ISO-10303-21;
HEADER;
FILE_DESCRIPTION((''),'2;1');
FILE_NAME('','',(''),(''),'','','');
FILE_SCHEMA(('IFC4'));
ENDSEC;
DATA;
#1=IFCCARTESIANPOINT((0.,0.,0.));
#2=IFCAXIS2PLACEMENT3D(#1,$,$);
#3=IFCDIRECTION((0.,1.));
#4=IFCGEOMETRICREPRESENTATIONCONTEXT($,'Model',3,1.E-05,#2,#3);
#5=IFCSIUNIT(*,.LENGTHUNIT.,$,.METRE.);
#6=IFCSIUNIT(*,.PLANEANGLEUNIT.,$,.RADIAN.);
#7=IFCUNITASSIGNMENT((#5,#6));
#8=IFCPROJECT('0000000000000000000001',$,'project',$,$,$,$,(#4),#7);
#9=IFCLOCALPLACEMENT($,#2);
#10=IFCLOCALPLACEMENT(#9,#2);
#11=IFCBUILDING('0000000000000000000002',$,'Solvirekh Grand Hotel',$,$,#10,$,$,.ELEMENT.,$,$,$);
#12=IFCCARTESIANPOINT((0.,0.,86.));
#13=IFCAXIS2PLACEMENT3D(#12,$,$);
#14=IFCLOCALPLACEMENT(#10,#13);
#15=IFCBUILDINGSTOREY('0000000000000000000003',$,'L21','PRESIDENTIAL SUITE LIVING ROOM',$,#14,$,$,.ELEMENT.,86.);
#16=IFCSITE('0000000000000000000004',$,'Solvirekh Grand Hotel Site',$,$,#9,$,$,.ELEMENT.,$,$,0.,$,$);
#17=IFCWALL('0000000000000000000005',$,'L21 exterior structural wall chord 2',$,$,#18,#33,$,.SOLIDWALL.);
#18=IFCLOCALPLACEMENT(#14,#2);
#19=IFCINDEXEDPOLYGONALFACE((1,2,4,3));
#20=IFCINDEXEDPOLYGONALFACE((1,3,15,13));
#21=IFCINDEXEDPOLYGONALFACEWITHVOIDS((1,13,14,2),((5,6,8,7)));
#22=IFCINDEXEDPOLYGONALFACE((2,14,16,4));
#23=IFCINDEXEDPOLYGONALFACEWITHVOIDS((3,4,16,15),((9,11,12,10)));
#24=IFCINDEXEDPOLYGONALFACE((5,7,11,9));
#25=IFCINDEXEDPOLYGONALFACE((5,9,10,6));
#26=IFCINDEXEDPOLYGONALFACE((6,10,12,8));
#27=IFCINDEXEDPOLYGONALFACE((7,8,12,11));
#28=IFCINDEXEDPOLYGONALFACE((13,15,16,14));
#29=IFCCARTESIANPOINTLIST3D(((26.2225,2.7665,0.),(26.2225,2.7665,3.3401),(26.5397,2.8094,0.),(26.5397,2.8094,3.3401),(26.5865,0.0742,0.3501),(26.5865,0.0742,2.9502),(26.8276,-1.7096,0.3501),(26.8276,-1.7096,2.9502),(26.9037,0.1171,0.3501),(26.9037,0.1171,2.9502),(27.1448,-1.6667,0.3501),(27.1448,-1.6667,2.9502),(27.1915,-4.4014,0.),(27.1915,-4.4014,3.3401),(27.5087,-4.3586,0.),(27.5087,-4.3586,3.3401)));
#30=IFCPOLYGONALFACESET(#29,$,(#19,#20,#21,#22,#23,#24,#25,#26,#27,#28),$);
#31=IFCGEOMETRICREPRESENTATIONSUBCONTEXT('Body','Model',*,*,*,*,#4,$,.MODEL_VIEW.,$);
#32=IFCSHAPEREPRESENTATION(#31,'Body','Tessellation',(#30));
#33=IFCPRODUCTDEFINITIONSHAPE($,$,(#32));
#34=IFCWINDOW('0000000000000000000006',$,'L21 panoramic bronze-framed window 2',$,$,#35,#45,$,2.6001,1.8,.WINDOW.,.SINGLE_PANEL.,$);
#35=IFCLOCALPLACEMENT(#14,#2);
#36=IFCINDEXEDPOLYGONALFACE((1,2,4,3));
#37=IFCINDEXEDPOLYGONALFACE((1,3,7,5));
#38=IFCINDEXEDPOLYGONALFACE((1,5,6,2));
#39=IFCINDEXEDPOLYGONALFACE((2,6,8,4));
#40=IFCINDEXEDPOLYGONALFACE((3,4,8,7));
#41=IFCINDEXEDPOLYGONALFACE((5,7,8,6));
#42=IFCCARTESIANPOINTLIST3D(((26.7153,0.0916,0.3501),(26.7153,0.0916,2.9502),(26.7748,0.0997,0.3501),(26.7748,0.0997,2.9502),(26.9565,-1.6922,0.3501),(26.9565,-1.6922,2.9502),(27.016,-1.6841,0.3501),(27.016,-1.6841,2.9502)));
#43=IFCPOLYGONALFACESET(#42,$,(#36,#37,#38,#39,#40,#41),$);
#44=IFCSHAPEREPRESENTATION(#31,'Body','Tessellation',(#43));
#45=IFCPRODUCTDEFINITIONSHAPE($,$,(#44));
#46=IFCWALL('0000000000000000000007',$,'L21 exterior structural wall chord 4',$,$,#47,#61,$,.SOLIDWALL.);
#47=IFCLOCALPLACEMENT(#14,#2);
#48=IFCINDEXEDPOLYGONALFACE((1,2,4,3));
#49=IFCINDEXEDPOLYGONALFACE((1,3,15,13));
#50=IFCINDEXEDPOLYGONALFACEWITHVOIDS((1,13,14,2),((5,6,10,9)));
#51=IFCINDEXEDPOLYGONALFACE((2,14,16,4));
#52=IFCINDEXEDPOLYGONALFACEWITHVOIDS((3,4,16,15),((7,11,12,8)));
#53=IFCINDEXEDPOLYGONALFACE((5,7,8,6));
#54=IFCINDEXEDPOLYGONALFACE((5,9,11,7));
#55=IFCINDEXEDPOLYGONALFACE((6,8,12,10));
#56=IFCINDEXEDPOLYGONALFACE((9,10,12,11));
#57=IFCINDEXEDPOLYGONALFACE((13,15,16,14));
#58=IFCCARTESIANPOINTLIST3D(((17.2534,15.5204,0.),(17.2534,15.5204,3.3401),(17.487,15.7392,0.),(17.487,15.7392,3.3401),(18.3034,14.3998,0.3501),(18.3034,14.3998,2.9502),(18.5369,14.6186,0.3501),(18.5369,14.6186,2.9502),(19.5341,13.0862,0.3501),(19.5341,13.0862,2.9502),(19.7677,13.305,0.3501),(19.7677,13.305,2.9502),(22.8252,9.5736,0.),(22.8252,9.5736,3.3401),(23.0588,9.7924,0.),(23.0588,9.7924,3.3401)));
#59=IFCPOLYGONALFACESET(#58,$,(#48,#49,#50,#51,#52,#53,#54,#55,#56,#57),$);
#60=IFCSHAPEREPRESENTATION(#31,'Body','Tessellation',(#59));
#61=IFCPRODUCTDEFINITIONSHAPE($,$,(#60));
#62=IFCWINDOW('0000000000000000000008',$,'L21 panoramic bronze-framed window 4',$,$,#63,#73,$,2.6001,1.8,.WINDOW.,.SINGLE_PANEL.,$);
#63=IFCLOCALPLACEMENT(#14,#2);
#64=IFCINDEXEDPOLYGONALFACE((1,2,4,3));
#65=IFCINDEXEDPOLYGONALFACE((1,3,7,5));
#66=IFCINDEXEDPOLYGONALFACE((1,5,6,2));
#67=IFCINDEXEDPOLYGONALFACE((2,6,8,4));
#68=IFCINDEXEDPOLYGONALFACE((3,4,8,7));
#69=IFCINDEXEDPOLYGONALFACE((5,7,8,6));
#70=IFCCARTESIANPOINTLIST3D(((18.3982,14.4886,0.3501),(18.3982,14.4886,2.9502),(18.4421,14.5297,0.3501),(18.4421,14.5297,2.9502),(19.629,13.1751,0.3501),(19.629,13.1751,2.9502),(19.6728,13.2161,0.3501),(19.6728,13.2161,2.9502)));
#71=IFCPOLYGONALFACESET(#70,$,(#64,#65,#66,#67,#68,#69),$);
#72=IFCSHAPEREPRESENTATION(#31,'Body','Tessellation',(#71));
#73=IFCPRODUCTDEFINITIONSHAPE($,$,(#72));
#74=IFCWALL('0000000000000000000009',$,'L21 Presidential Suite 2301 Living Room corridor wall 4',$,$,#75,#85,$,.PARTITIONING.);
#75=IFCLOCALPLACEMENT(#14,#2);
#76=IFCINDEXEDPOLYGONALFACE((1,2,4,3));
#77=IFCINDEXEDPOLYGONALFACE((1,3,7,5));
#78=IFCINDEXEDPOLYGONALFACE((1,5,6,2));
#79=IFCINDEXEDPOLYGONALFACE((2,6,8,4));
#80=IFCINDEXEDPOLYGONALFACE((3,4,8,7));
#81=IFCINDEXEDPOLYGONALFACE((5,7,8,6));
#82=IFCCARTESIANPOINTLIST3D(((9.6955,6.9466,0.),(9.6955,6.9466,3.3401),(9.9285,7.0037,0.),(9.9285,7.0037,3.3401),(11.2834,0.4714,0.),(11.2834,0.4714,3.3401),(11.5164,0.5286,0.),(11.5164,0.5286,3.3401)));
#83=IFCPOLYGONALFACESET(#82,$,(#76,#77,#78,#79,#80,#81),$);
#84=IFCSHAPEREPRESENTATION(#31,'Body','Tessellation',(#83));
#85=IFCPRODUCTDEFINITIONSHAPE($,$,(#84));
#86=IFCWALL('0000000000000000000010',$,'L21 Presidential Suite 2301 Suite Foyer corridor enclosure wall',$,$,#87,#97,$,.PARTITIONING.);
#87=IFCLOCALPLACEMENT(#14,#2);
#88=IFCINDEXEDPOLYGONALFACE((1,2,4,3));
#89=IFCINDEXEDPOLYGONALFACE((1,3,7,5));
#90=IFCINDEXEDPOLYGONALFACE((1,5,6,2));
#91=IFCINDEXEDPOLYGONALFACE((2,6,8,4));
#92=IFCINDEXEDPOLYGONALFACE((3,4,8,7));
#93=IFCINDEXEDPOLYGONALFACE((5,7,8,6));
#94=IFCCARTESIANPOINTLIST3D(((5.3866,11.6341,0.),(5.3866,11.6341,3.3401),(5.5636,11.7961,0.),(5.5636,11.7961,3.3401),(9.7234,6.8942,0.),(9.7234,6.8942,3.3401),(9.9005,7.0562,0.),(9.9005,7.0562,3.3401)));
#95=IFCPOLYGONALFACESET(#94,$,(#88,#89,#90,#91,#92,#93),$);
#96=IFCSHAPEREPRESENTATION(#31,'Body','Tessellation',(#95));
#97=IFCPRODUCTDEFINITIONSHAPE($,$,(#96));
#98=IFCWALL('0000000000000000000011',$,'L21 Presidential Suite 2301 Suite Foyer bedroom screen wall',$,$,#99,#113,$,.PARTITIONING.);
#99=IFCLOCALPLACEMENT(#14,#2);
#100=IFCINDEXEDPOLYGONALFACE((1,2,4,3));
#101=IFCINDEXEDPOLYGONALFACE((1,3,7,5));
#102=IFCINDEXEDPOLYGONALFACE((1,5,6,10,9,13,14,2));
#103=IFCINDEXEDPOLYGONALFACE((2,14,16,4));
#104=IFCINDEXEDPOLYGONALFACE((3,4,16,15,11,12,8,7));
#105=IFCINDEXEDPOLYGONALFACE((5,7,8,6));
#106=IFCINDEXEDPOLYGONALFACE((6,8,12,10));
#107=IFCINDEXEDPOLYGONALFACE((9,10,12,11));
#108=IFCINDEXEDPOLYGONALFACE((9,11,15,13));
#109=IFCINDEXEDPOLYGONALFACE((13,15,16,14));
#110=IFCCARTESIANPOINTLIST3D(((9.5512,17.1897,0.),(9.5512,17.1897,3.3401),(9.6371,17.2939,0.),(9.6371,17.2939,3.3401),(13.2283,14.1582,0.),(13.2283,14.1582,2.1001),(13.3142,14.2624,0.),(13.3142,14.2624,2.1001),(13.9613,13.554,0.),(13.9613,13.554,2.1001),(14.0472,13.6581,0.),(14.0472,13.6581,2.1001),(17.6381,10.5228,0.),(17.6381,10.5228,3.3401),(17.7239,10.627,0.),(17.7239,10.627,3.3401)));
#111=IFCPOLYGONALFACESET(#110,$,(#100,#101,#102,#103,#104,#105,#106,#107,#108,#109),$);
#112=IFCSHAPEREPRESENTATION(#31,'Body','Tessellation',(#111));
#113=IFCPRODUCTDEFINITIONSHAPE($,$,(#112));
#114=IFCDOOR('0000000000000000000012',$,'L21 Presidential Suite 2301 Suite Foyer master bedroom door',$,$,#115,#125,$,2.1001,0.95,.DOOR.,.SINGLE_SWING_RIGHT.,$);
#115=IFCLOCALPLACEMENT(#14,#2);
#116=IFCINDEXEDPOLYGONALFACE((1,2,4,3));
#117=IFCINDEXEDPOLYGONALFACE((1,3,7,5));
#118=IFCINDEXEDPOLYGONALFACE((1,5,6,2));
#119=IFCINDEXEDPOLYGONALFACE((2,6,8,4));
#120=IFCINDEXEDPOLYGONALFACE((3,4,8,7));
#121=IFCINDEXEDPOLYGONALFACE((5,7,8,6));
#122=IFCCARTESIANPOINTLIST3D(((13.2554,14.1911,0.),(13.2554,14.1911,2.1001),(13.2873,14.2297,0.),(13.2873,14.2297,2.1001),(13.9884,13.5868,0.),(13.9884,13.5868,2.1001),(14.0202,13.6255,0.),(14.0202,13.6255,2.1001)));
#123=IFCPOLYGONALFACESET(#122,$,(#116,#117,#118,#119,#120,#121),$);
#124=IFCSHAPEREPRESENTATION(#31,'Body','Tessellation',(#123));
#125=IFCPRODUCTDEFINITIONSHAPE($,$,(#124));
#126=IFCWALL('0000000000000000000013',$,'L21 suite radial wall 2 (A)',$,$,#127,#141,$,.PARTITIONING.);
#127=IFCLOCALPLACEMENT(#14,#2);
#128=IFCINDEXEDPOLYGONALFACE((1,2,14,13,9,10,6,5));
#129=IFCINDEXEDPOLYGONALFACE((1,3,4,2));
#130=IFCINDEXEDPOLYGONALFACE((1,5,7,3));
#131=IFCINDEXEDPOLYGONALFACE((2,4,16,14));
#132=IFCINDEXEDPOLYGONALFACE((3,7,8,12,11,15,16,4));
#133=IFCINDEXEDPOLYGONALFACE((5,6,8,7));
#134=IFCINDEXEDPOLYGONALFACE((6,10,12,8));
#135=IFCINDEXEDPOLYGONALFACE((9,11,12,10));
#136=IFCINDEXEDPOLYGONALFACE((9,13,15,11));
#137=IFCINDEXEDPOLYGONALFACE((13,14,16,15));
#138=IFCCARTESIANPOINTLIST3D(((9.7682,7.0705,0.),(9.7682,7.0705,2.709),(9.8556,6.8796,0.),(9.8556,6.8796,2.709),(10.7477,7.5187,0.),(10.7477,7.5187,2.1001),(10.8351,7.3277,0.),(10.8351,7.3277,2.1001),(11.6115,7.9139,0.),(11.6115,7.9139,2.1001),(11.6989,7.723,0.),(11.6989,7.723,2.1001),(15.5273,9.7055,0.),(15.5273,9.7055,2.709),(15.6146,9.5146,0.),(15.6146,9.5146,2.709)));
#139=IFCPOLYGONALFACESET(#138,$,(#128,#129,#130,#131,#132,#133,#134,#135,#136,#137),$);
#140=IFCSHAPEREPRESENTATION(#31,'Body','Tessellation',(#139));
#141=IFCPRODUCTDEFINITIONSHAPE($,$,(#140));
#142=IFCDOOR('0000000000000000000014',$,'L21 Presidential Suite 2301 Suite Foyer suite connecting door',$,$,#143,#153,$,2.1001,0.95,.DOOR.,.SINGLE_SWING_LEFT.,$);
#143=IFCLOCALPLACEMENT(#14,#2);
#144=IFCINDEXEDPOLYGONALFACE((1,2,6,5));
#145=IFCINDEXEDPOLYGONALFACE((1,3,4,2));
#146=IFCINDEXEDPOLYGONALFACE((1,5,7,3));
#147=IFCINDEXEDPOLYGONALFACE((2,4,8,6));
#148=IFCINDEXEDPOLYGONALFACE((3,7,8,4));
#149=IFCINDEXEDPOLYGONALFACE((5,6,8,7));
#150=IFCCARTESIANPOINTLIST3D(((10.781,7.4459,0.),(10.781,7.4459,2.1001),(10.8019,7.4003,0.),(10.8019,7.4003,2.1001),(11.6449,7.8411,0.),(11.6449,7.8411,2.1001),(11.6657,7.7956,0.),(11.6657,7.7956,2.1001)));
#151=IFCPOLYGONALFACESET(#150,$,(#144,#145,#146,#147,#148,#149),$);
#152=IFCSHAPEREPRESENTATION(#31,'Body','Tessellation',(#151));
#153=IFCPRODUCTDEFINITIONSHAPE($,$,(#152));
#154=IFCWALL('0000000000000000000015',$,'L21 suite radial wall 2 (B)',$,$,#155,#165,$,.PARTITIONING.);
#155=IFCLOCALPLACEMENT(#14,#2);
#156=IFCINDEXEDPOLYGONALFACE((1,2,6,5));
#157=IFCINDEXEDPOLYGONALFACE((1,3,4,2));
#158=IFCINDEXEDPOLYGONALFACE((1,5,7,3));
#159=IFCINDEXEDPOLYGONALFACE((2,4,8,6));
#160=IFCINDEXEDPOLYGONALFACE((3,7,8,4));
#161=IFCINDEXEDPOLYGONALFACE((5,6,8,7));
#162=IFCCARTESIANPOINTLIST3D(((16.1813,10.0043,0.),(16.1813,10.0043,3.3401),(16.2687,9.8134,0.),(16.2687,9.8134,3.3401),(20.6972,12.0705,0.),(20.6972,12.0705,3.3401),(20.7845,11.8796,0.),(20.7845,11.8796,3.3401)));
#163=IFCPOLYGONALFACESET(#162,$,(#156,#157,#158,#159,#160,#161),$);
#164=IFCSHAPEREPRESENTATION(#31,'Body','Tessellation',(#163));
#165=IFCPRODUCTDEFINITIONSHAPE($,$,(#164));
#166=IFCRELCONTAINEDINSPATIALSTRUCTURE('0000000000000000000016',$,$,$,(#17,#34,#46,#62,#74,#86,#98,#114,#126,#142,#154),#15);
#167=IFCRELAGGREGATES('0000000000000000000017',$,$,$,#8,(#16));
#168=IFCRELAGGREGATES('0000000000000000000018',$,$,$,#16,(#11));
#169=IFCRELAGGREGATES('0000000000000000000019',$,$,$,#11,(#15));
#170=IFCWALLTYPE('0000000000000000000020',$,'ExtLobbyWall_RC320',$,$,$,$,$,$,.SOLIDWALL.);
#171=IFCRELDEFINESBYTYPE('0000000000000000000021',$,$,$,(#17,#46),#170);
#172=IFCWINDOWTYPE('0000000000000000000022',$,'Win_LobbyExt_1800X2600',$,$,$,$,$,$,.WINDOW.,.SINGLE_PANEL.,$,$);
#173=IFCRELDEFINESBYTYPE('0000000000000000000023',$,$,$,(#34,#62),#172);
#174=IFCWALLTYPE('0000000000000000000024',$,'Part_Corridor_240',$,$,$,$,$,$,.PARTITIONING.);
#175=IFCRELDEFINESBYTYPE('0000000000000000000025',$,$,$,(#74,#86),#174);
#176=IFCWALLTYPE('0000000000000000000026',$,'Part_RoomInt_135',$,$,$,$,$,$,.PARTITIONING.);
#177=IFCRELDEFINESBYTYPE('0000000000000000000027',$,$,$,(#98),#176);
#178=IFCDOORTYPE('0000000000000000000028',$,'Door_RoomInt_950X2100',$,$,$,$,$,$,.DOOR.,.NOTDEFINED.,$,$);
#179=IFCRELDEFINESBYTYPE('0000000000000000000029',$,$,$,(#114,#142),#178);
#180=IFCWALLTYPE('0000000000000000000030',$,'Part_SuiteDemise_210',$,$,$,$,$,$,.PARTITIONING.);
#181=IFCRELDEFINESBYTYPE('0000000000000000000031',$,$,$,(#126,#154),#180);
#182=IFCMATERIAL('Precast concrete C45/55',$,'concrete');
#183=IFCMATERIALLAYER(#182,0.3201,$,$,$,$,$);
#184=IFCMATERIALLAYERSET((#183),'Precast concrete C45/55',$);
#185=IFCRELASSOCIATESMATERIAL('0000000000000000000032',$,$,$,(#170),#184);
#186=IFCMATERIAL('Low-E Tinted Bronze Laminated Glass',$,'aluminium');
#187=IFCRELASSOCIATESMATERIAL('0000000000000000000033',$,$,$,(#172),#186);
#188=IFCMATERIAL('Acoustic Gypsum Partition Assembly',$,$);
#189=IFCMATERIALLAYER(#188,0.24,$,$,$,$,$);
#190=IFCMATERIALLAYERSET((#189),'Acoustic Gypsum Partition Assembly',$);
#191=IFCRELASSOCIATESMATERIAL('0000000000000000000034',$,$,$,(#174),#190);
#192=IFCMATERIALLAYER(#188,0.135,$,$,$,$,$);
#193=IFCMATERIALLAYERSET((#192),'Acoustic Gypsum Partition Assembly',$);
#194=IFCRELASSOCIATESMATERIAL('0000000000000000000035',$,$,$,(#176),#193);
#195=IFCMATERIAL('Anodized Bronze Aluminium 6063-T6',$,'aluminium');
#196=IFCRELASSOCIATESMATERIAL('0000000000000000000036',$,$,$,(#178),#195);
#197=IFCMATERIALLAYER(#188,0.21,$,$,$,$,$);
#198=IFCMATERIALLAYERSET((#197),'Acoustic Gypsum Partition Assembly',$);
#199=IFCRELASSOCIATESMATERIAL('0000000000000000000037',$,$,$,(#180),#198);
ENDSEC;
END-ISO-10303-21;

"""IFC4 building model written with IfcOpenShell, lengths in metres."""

from ifc_helpers import new_model, si_unit, direction, frame, frame_2d, origin, place, context, subcontext, project, spatial, rectangle, extrude, material, layer, layer_set, type_object, element, fill, save


model = new_model("IFC4")

# Units and contexts
model_context = context("Model", 3, precision=1e-05, world=origin(), true_north=direction((0.0, 1.0)))
body_context = subcontext(model_context, "Body", "Model", "MODEL_VIEW")
ifc_project = project(units=[si_unit("LENGTHUNIT", "METRE"), si_unit("PLANEANGLEUNIT", "RADIAN")], contexts=[model_context])

# Site, building, storey
site_placement = place(None, origin())
site = spatial("IfcSite", under=ifc_project, at=site_placement, Name="Solvirekh Grand Hotel Site", CompositionType="ELEMENT", RefElevation=0.0)
building_placement = place(site_placement, origin())
building = spatial("IfcBuilding", under=site, at=building_placement, Name="Solvirekh Grand Hotel", CompositionType="ELEMENT")
storey_placement = place(building_placement, frame((0.0, 0.0, 86.0)))
storey = spatial("IfcBuildingStorey", under=building, at=storey_placement, Name="L21", Description="PRESIDENTIAL SUITE LIVING ROOM", CompositionType="ELEMENT", Elevation=86.0)

# Shared definitions
ifc_material_1 = material(Name="Anodized Bronze Aluminium 6063-T6", Category="aluminium")

# Shared definitions
ifc_material_2 = material(Name="Low-E Tinted Bronze Laminated Glass", Category="aluminium")

# Walls, openings, windows
ifc_material_3 = material(Name="Precast concrete C45/55", Category="concrete")
ifc_layer_1 = layer(ifc_material_3, 0.3201)
ifc_layer_set_1 = layer_set([ifc_layer_1], Name="Precast concrete C45/55")
wall_type_1 = type_object("IfcWallType", Name="ExtLobbyWall_RC320", PredefinedType="SOLIDWALL", material=ifc_layer_set_1)
wall_1_placement = place(storey_placement, frame((26.3811, 2.7881, 0.0), z_axis=(0.0, 0.0, 1.0), x_axis=(0.133965, -0.990986, 0.0)))
wall_1 = element("IfcWall", 1, at=wall_1_placement, inside=storey, type_object=wall_type_1, Name="L21 exterior structural wall chord 2", PredefinedType="SOLIDWALL", context=body_context, shape_type="SweptSolid", body=[
    extrude(rectangle(XDim=7.2332, YDim=0.3201, at=frame_2d((3.6167, 0.0))), origin(), (0.0, 0.0, 1.0), 3.3401),
])
opening_1_placement = place(wall_1_placement, frame((2.717, 0.0, 0.3501)))
opening_1 = element("IfcOpeningElement", 2, at=opening_1_placement, cuts=wall_1, PredefinedType="OPENING", context=body_context, shape_type="SweptSolid", body=[
    extrude(rectangle(XDim=1.8, YDim=2.6001, at=frame_2d((0.8999, 1.3))), frame((0.0, 0.1699, 0.0), z_axis=(0.0, -1.0, 0.0), x_axis=(1.0, 0.0, 0.0)), (0.0, 0.0, 1.0), 0.3401),
])
window_type = type_object("IfcWindowType", Name="Win_LobbyExt_1800X2600", PartitioningType="SINGLE_PANEL", PredefinedType="WINDOW", material=ifc_material_2)
window_1_placement = place(opening_1_placement, origin())
window_1 = element("IfcWindow", 3, at=window_1_placement, inside=storey, type_object=window_type, Name="L21 panoramic bronze-framed window 2", OverallHeight=2.6001, OverallWidth=1.8, PartitioningType="SINGLE_PANEL", PredefinedType="WINDOW", context=body_context, shape_type="SweptSolid", body=[
    extrude(rectangle(XDim=1.8, YDim=2.6001, at=frame_2d((0.8999, 1.3))), frame((0.0, 0.03, 0.0), z_axis=(0.0, -1.0, 0.0), x_axis=(1.0, 0.0, 0.0)), (0.0, 0.0, 1.0), 0.0601),
])
fill(opening_1, window_1)
wall_2_placement = place(storey_placement, frame((17.3701, 15.6299, 0.0), z_axis=(0.0, 0.0, 1.0), x_axis=(0.683724, -0.729741, 0.0)))
wall_2 = element("IfcWall", 4, at=wall_2_placement, inside=storey, type_object=wall_type_1, Name="L21 exterior structural wall chord 4", PredefinedType="SOLIDWALL", context=body_context, shape_type="SweptSolid", body=[
    extrude(rectangle(XDim=8.1492, YDim=0.3201, at=frame_2d((4.0747, 0.0))), origin(), (0.0, 0.0, 1.0), 3.3401),
])
opening_2_placement = place(wall_2_placement, frame((1.5359, 0.0, 0.3501)))
opening_2 = element("IfcOpeningElement", 5, at=opening_2_placement, cuts=wall_2, PredefinedType="OPENING", context=body_context, shape_type="SweptSolid", body=[
    extrude(rectangle(XDim=1.8, YDim=2.6001, at=frame_2d((0.8999, 1.3))), frame((0.0, 0.1699, 0.0), z_axis=(0.0, -1.0, 0.0), x_axis=(1.0, 0.0, 0.0)), (0.0, 0.0, 1.0), 0.3401),
])
window_2_placement = place(opening_2_placement, origin())
window_2 = element("IfcWindow", 6, at=window_2_placement, inside=storey, type_object=window_type, Name="L21 panoramic bronze-framed window 4", OverallHeight=2.6001, OverallWidth=1.8, PartitioningType="SINGLE_PANEL", PredefinedType="WINDOW", context=body_context, shape_type="SweptSolid", body=[
    extrude(rectangle(XDim=1.8, YDim=2.6001, at=frame_2d((0.8999, 1.3))), frame((0.0, 0.03, 0.0), z_axis=(0.0, -1.0, 0.0), x_axis=(1.0, 0.0, 0.0)), (0.0, 0.0, 1.0), 0.0601),
])
fill(opening_2, window_2)

# Walls
ifc_material_4 = material(Name="Acoustic Gypsum Partition Assembly")
ifc_layer_2 = layer(ifc_material_4, 0.24)
ifc_layer_set_2 = layer_set([ifc_layer_2], Name="Acoustic Gypsum Partition Assembly")
wall_type_2 = type_object("IfcWallType", Name="Part_Corridor_240", PredefinedType="PARTITIONING", material=ifc_layer_set_2)
wall_3_placement = place(storey_placement, frame((11.3999, 0.5, 0.0), z_axis=(0.0, 0.0, 1.0), x_axis=(-0.238173, 0.971223, 0.0)))
element("IfcWall", 7, at=wall_3_placement, inside=storey, type_object=wall_type_2, Name="L21 Presidential Suite 2301 Living Room corridor wall 4", PredefinedType="PARTITIONING", context=body_context, shape_type="SweptSolid", body=[
    extrude(rectangle(XDim=6.667, YDim=0.24, at=frame_2d((3.3335, 0.0))), origin(), (0.0, 0.0, 1.0), 3.3401),
])
wall_4_placement = place(storey_placement, frame((9.812, 6.9751, 0.0), z_axis=(0.0, 0.0, 1.0), x_axis=(-0.675041, 0.73778, 0.0)))
element("IfcWall", 8, at=wall_4_placement, inside=storey, type_object=wall_type_2, Name="L21 Presidential Suite 2301 Suite Foyer corridor enclosure wall", PredefinedType="PARTITIONING", context=body_context, shape_type="SweptSolid", body=[
    extrude(rectangle(XDim=6.4246, YDim=0.24, at=frame_2d((3.2124, 0.0))), origin(), (0.0, 0.0, 1.0), 3.3401),
])

# Walls, openings, doors
ifc_layer_3 = layer(ifc_material_4, 0.135)
ifc_layer_set_3 = layer_set([ifc_layer_3], Name="Acoustic Gypsum Partition Assembly")
wall_type_3 = type_object("IfcWallType", Name="Part_RoomInt_135", PredefinedType="PARTITIONING", material=ifc_layer_set_3)
wall_5_placement = place(storey_placement, frame((17.6809, 10.575, 0.0), z_axis=(0.0, 0.0, 1.0), x_axis=(-0.771594, 0.636115, 0.0)))
wall_5 = element("IfcWall", 9, at=wall_5_placement, inside=storey, type_object=wall_type_3, Name="L21 Presidential Suite 2301 Suite Foyer bedroom screen wall", PredefinedType="PARTITIONING", context=body_context, shape_type="SweptSolid", body=[
    extrude(rectangle(XDim=10.4807, YDim=0.135, at=frame_2d((5.2402, 0.0))), origin(), (0.0, 0.0, 1.0), 3.3401),
])
opening_3_placement = place(wall_5_placement, frame((4.7649, 0.0, 0.0)))
opening_3 = element("IfcOpeningElement", 10, at=opening_3_placement, cuts=wall_5, PredefinedType="OPENING", context=body_context, shape_type="SweptSolid", body=[
    extrude(rectangle(XDim=0.95, YDim=2.1001, at=frame_2d((0.4751, 1.05))), frame((0.0, 0.0776, 0.0), z_axis=(0.0, -1.0, 0.0), x_axis=(1.0, 0.0, 0.0)), (0.0, 0.0, 1.0), 0.155),
])
door_type = type_object("IfcDoorType", Name="Door_RoomInt_950X2100", OperationType="NOTDEFINED", PredefinedType="DOOR", material=ifc_material_1)
door_1_placement = place(opening_3_placement, origin())
door_1 = element("IfcDoor", 11, at=door_1_placement, inside=storey, type_object=door_type, Name="L21 Presidential Suite 2301 Suite Foyer master bedroom door", OperationType="SINGLE_SWING_RIGHT", OverallHeight=2.1001, OverallWidth=0.95, PredefinedType="DOOR", context=body_context, shape_type="SweptSolid", body=[
    extrude(rectangle(XDim=0.95, YDim=2.1001, at=frame_2d((0.4751, 1.05))), frame((0.0, 0.0249, 0.0), z_axis=(0.0, -1.0, 0.0), x_axis=(1.0, 0.0, 0.0)), (0.0, 0.0, 1.0), 0.05),
])
fill(opening_3, door_1)
ifc_layer_4 = layer(ifc_material_4, 0.21)
ifc_layer_set_4 = layer_set([ifc_layer_4], Name="Acoustic Gypsum Partition Assembly")
wall_type_4 = type_object("IfcWallType", Name="Part_SuiteDemise_210", PredefinedType="PARTITIONING", material=ifc_layer_set_4)
wall_6_placement = place(storey_placement, frame((9.812, 6.9751, 0.0), z_axis=(0.0, 0.0, 1.0), x_axis=(0.909337, 0.416061, 0.0)))
wall_6 = element("IfcWall", 12, at=wall_6_placement, inside=storey, type_object=wall_type_4, Name="L21 suite radial wall 2 (A)", PredefinedType="PARTITIONING", context=body_context, shape_type="SweptSolid", body=[
    extrude(rectangle(XDim=6.3333, YDim=0.21, at=frame_2d((3.1665, 0.0))), origin(), (0.0, 0.0, 1.0), 2.709),
])
opening_4_placement = place(wall_6_placement, frame((1.0769, 0.0, 0.0)))
opening_4 = element("IfcOpeningElement", 13, at=opening_4_placement, cuts=wall_6, PredefinedType="OPENING", context=body_context, shape_type="SweptSolid", body=[
    extrude(rectangle(XDim=0.95, YDim=2.1001, at=frame_2d((0.4751, 1.05))), frame((0.0, 0.115, 0.0), z_axis=(0.0, -1.0, 0.0), x_axis=(1.0, 0.0, 0.0)), (0.0, 0.0, 1.0), 0.23),
])
door_2_placement = place(opening_4_placement, origin())
door_2 = element("IfcDoor", 14, at=door_2_placement, inside=storey, type_object=door_type, Name="L21 Presidential Suite 2301 Suite Foyer suite connecting door", OperationType="SINGLE_SWING_LEFT", OverallHeight=2.1001, OverallWidth=0.95, PredefinedType="DOOR", context=body_context, shape_type="SweptSolid", body=[
    extrude(rectangle(XDim=0.95, YDim=2.1001, at=frame_2d((0.4751, 1.05))), frame((0.0, 0.0249, 0.0), z_axis=(0.0, -1.0, 0.0), x_axis=(1.0, 0.0, 0.0)), (0.0, 0.0, 1.0), 0.05),
])
fill(opening_4, door_2)

# Wall
wall_7_placement = place(storey_placement, frame((16.2251, 9.9089, 0.0), z_axis=(0.0, 0.0, 1.0), x_axis=(0.90934, 0.416054, 0.0)))
element("IfcWall", 15, at=wall_7_placement, inside=storey, type_object=wall_type_4, Name="L21 suite radial wall 2 (B)", PredefinedType="PARTITIONING", context=body_context, shape_type="SweptSolid", body=[
    extrude(rectangle(XDim=4.9661, YDim=0.21, at=frame_2d((2.4829, 0.0))), origin(), (0.0, 0.0, 1.0), 3.3401),
])

save(model, "model.ifc")
